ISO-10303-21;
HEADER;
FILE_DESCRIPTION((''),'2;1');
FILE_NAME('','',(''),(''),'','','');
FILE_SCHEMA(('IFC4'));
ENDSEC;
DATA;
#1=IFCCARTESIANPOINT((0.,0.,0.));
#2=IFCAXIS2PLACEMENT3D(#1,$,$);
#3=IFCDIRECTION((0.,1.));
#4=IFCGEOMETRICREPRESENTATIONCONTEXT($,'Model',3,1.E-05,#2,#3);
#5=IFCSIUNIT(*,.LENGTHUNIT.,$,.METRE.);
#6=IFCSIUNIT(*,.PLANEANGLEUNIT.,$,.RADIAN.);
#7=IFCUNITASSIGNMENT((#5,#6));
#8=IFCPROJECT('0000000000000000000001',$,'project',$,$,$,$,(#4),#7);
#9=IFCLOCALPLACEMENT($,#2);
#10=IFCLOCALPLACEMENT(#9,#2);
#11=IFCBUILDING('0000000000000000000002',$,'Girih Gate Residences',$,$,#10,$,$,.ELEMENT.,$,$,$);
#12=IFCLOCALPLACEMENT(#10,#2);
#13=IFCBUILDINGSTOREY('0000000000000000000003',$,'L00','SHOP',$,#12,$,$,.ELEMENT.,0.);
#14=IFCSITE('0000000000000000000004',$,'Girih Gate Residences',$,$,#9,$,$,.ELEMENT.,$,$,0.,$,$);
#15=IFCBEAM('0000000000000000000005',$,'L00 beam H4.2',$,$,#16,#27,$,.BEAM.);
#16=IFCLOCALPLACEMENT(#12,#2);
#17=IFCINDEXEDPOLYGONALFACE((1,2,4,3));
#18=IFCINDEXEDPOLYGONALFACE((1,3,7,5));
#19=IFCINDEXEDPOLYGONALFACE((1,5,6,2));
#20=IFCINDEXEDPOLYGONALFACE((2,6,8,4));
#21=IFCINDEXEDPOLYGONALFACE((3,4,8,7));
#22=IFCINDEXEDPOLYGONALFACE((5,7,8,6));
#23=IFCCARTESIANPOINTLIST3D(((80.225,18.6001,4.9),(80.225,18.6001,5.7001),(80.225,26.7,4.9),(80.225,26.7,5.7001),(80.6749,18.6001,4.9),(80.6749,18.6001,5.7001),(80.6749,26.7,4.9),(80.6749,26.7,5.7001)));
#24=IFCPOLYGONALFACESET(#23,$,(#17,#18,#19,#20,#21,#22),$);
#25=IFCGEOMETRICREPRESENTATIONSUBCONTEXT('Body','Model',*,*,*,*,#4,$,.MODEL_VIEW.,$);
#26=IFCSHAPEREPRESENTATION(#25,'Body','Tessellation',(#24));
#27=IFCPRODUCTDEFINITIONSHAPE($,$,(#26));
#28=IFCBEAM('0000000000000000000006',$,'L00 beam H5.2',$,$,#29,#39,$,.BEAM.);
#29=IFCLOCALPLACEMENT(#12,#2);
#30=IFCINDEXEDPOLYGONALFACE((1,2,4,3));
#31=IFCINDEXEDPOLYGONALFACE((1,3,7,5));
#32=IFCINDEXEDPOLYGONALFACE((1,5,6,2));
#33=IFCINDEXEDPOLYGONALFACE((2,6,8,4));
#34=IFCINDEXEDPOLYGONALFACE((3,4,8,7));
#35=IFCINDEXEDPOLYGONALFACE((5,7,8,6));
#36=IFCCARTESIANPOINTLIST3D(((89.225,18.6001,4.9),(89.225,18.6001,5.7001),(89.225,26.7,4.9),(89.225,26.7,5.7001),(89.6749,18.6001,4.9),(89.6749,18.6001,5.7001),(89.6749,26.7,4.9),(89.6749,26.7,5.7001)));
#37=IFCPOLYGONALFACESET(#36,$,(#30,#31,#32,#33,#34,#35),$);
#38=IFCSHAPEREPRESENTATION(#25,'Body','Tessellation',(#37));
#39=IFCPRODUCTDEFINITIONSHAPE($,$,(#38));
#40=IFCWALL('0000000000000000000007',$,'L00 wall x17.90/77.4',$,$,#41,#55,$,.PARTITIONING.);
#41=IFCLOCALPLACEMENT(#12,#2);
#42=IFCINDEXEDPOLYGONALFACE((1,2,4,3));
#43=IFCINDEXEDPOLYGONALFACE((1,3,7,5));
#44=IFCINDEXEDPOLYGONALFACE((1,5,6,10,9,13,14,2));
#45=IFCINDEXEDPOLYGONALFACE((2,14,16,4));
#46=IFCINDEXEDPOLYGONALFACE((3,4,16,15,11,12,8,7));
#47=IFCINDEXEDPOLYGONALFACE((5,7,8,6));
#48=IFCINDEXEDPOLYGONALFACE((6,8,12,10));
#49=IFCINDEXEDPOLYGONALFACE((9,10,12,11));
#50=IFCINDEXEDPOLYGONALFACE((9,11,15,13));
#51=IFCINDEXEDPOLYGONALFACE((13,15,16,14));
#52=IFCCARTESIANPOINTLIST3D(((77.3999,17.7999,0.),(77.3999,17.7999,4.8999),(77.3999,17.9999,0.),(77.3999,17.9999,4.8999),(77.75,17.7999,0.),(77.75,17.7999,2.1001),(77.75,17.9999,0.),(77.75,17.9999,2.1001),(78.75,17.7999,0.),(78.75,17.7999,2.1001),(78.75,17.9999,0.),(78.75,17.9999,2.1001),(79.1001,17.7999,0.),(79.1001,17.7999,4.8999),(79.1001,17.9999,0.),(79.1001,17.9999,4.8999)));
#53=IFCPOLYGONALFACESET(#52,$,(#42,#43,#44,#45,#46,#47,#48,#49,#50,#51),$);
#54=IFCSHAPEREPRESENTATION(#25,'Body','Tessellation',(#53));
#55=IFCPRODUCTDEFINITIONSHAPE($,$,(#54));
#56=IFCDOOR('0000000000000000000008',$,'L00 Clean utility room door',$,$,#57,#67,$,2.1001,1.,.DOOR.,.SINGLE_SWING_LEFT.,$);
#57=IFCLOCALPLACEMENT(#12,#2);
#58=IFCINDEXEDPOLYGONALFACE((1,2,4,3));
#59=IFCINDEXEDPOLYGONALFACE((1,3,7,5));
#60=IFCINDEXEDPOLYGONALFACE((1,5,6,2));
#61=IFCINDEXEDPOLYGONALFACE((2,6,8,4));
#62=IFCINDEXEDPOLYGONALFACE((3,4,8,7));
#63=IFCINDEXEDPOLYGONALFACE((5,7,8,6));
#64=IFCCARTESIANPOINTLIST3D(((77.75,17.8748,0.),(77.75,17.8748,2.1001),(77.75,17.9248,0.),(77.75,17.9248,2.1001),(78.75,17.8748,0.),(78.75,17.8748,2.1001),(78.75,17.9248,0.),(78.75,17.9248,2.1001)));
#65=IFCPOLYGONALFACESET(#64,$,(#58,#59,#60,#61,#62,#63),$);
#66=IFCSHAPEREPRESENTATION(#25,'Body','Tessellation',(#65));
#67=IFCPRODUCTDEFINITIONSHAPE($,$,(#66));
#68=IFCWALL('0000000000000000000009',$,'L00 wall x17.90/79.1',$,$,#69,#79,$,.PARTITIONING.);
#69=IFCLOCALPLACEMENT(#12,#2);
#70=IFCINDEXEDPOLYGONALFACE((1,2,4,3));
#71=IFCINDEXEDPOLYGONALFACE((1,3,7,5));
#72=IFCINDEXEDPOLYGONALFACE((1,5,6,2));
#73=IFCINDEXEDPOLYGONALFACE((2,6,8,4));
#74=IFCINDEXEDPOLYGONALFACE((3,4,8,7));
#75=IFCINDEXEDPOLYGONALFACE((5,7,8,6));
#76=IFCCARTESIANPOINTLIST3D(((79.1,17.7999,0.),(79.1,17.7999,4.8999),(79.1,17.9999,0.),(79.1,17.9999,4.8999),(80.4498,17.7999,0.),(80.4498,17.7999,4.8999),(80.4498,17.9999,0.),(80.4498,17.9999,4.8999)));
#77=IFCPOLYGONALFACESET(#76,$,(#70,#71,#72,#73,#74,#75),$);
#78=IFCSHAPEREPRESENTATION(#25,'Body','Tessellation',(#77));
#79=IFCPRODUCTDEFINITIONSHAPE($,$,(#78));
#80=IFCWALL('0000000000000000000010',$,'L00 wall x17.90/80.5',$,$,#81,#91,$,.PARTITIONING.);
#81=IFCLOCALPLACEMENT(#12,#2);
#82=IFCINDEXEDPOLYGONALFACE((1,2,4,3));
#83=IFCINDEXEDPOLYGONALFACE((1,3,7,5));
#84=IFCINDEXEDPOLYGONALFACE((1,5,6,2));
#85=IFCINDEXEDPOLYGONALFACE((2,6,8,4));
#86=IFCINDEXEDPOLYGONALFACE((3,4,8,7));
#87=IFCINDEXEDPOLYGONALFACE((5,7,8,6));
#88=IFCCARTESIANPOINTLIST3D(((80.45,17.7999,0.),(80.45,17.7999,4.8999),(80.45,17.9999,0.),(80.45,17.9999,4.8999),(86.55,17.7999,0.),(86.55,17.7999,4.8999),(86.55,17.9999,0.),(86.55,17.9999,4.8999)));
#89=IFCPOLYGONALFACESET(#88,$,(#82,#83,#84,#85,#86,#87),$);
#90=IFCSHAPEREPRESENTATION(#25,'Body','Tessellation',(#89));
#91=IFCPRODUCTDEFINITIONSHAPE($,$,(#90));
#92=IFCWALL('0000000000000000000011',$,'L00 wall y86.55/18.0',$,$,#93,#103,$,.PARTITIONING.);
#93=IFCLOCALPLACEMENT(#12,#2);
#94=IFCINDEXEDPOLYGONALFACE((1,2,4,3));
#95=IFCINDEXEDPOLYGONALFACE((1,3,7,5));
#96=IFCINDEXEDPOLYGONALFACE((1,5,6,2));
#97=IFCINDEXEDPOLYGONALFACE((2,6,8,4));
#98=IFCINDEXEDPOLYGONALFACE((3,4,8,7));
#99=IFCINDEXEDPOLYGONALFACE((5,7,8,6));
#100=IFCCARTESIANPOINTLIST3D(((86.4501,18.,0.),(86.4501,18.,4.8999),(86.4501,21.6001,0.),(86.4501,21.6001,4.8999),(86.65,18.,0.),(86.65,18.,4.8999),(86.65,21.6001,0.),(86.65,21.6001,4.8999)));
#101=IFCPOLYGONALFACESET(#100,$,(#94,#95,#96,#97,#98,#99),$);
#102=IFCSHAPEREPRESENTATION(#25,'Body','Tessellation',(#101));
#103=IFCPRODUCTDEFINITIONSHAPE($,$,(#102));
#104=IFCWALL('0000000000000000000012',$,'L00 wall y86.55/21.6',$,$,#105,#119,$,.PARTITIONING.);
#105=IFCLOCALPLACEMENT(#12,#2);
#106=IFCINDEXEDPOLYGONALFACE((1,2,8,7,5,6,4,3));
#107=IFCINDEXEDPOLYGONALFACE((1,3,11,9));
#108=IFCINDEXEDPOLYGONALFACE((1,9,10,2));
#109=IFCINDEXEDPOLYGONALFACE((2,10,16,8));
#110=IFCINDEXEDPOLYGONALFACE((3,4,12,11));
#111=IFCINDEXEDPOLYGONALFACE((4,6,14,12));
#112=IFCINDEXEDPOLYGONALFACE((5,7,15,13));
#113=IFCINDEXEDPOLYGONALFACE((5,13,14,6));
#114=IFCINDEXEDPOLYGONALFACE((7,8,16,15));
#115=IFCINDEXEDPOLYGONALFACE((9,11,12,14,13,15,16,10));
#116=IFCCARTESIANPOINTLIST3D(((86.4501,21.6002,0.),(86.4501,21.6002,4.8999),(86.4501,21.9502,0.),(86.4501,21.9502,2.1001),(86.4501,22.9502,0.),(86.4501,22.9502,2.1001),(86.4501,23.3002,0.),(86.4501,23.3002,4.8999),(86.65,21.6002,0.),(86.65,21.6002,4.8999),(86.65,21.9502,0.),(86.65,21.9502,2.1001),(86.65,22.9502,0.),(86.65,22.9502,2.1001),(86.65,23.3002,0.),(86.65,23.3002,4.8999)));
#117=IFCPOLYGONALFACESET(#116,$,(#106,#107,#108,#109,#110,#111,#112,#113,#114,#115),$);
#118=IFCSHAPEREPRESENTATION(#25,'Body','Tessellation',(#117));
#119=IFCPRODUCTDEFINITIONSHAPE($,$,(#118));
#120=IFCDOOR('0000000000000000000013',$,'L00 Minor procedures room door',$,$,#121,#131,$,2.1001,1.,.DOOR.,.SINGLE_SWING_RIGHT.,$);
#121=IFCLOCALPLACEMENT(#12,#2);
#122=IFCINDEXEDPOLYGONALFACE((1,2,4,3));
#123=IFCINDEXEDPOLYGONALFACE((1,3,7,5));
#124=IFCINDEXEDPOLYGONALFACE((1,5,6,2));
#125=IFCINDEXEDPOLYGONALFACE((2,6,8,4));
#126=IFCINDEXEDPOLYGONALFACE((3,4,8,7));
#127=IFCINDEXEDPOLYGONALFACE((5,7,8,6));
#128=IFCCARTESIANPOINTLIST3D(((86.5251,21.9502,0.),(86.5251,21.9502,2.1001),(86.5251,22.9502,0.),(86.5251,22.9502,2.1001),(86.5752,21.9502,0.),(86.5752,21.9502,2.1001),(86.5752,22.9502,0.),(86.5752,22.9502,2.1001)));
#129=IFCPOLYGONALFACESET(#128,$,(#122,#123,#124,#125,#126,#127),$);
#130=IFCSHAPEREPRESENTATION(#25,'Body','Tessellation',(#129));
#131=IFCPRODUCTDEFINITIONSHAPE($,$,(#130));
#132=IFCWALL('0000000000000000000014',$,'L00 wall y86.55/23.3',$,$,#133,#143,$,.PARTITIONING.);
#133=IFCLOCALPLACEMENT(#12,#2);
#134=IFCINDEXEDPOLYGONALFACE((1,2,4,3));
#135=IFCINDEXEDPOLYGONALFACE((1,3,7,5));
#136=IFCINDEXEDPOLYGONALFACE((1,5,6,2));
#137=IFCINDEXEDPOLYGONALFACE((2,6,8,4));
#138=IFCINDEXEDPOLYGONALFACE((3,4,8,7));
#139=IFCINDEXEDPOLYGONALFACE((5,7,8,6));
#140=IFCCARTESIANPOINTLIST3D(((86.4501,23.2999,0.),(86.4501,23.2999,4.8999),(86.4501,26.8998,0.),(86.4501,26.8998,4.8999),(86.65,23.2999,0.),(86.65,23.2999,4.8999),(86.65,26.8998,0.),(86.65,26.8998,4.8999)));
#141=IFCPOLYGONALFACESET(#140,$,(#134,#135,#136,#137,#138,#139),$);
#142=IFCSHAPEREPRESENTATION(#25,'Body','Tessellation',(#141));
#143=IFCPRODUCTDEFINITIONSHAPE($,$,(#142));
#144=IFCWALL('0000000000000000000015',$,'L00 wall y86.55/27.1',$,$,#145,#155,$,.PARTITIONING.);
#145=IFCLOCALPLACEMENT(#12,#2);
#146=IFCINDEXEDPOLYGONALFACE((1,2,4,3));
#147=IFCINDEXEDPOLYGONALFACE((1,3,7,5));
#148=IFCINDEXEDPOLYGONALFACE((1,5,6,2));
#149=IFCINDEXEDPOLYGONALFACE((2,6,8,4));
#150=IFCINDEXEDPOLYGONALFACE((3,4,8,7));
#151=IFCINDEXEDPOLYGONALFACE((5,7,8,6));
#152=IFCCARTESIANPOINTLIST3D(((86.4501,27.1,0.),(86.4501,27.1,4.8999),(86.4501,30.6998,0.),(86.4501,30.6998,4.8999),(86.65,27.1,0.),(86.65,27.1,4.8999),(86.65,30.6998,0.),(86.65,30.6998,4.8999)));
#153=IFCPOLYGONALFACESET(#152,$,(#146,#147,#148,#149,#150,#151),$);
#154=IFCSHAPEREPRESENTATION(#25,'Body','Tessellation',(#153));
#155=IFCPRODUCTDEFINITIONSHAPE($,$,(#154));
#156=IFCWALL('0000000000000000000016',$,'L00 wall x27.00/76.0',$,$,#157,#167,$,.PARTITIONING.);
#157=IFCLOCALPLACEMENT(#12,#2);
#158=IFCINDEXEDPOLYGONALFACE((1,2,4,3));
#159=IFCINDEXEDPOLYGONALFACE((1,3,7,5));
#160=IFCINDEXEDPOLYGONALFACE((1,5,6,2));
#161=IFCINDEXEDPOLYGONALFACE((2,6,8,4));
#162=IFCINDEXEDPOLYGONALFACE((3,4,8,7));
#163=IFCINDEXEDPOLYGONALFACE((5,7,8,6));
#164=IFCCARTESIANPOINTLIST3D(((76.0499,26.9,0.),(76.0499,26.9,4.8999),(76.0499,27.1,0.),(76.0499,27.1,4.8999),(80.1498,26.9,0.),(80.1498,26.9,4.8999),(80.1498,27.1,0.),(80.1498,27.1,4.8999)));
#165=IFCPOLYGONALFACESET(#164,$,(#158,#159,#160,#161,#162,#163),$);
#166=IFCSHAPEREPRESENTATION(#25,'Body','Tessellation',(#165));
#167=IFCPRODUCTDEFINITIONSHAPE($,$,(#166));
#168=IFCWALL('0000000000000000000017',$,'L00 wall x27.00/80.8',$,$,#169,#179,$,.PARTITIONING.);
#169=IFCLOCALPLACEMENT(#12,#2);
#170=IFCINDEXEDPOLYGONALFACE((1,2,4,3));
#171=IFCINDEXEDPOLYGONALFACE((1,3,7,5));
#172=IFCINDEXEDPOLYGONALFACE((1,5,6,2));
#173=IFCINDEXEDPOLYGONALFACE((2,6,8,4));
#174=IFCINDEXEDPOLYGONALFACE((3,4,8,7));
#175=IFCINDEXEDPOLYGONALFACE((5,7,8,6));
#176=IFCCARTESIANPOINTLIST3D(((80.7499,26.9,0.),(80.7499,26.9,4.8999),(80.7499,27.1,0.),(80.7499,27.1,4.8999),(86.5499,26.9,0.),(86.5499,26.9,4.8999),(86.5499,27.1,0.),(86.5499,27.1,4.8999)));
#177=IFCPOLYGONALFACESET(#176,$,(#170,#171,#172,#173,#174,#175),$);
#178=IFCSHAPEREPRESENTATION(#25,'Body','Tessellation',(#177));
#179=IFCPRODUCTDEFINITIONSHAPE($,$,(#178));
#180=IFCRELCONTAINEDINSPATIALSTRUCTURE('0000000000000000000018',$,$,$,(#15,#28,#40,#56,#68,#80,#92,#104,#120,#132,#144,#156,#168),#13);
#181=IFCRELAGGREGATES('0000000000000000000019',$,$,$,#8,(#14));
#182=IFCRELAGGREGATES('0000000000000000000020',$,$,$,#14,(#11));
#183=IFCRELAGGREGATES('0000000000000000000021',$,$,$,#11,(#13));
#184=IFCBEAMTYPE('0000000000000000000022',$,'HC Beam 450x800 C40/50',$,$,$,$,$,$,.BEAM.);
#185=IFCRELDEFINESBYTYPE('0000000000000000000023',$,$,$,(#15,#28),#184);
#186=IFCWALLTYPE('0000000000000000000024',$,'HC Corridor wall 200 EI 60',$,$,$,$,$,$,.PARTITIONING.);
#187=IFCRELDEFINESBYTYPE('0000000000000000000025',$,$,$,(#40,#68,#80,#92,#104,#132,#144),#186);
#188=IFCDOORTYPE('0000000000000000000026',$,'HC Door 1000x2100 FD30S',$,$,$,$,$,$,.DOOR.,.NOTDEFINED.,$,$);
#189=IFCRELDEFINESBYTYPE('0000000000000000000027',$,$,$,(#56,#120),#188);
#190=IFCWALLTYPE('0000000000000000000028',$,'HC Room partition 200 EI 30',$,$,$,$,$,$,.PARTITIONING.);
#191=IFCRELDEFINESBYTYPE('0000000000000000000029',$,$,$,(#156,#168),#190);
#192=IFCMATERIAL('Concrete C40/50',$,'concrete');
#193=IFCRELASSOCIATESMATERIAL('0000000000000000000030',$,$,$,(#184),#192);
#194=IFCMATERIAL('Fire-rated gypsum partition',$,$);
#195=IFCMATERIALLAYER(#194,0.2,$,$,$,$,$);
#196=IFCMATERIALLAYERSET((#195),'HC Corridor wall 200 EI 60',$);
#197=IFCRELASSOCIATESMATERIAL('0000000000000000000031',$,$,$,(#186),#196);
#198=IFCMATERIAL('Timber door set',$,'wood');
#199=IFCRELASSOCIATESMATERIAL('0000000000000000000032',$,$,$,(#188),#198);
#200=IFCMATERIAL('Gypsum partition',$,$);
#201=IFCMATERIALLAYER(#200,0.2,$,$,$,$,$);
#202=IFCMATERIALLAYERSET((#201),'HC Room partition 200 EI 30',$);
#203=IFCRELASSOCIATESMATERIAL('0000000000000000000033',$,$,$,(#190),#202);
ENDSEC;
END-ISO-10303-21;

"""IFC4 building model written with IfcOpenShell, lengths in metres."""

from ifc_helpers import new_model, si_unit, direction, frame, frame_2d, origin, origin_2d, place, context, subcontext, project, spatial, rectangle, extrude, material, layer, layer_set, material_profile, profile_set, type_object, element, fill, save


model = new_model("IFC4")

# Units and contexts
model_context = context("Model", 3, precision=1e-05, world=origin(), true_north=direction((0.0, 1.0)))
body_context = subcontext(model_context, "Body", "Model", "MODEL_VIEW")
ifc_project = project(units=[si_unit("LENGTHUNIT", "METRE"), si_unit("PLANEANGLEUNIT", "RADIAN")], contexts=[model_context])

# Site, building, storey
site_placement = place(None, origin())
site = spatial("IfcSite", under=ifc_project, at=site_placement, Name="Girih Gate Residences", CompositionType="ELEMENT", RefElevation=0.0)
building_placement = place(site_placement, origin())
building = spatial("IfcBuilding", under=site, at=building_placement, Name="Girih Gate Residences", CompositionType="ELEMENT")
storey_placement = place(building_placement, origin())
storey = spatial("IfcBuildingStorey", under=building, at=storey_placement, Name="L00", Description="SHOP", CompositionType="ELEMENT", Elevation=0.0)

# Shared definitions
ifc_material_1 = material(Name="Concrete C40/50", Category="concrete")

# Beams
ifc_material_profile_1 = material_profile(ifc_material_1, rectangle(XDim=0.45, YDim=0.8, at=origin_2d()))
ifc_profile_set_1 = profile_set([ifc_material_profile_1], Name="Concrete C40/50")
beam_type = type_object("IfcBeamType", Name="HC Beam 450x800 C40/50", PredefinedType="BEAM", material=ifc_profile_set_1)
for number, where, z_axis, x_axis, name in (
    (1, (80.45, 18.6001, 5.3), (0.0, 1.0, 0.0), (-1.0, 0.0, 0.0), "L00 beam H4.2"),
    (2, (89.45, 18.6001, 5.3), (0.0, 1.0, 0.0), (-1.0, 0.0, 0.0), "L00 beam H5.2"),
):
    element("IfcBeam", number, at=place(storey_placement, frame(where, z_axis=z_axis, x_axis=x_axis)), inside=storey, type_object=beam_type, Name=name, PredefinedType="BEAM", context=body_context, shape_type="SweptSolid", body=[
        extrude(rectangle(XDim=0.45, YDim=0.8, at=origin_2d()), origin(), (0.0, 0.0, 1.0), 8.0999),
    ])

# Wall, opening, door
ifc_material_2 = material(Name="Fire-rated gypsum partition")
ifc_layer_1 = layer(ifc_material_2, 0.2)
ifc_layer_set_1 = layer_set([ifc_layer_1], Name="HC Corridor wall 200 EI 60")
wall_type_1 = type_object("IfcWallType", Name="HC Corridor wall 200 EI 60", PredefinedType="PARTITIONING", material=ifc_layer_set_1)
wall_1_placement = place(storey_placement, frame((77.3999, 17.8999, 0.0), z_axis=(0.0, 0.0, 1.0), x_axis=(1.0, 0.0, 0.0)))
wall_1 = element("IfcWall", 3, at=wall_1_placement, inside=storey, type_object=wall_type_1, Name="L00 wall x17.90/77.4", PredefinedType="PARTITIONING", context=body_context, shape_type="SweptSolid", body=[
    extrude(rectangle(XDim=1.7002, YDim=0.2, at=frame_2d((0.8501, 0.0))), origin(), (0.0, 0.0, 1.0), 4.8999),
])
opening_1_placement = place(wall_1_placement, frame((0.3501, 0.0, 0.0)))
opening_1 = element("IfcOpeningElement", 4, at=opening_1_placement, cuts=wall_1, PredefinedType="OPENING", context=body_context, shape_type="SweptSolid", body=[
    extrude(rectangle(XDim=1.0, YDim=2.1001, at=frame_2d((0.5, 1.05))), frame((0.0, 0.1099, 0.0), z_axis=(0.0, -1.0, 0.0), x_axis=(1.0, 0.0, 0.0)), (0.0, 0.0, 1.0), 0.22),
])
ifc_material_3 = material(Name="Timber door set", Category="wood")
door_type = type_object("IfcDoorType", Name="HC Door 1000x2100 FD30S", OperationType="NOTDEFINED", PredefinedType="DOOR", material=ifc_material_3)
door_1_placement = place(opening_1_placement, origin())
door_1 = element("IfcDoor", 5, at=door_1_placement, inside=storey, type_object=door_type, Name="L00 Clean utility room door", OperationType="SINGLE_SWING_LEFT", OverallHeight=2.1001, OverallWidth=1.0, PredefinedType="DOOR", context=body_context, shape_type="SweptSolid", body=[
    extrude(rectangle(XDim=1.0, YDim=2.1001, at=frame_2d((0.5, 1.05))), frame((0.0, 0.0249, 0.0), z_axis=(0.0, -1.0, 0.0), x_axis=(1.0, 0.0, 0.0)), (0.0, 0.0, 1.0), 0.05),
])
fill(opening_1, door_1)

# Walls
wall_2_placement = place(storey_placement, frame((79.1001, 17.8999, 0.0), z_axis=(0.0, 0.0, 1.0), x_axis=(1.0, 0.0, 0.0)))
element("IfcWall", 6, at=wall_2_placement, inside=storey, type_object=wall_type_1, Name="L00 wall x17.90/79.1", PredefinedType="PARTITIONING", context=body_context, shape_type="SweptSolid", body=[
    extrude(rectangle(XDim=1.3499, YDim=0.2, at=frame_2d((0.6748, 0.0))), origin(), (0.0, 0.0, 1.0), 4.8999),
])
wall_3_placement = place(storey_placement, frame((80.45, 17.8999, 0.0), z_axis=(0.0, 0.0, 1.0), x_axis=(1.0, 0.0, 0.0)))
element("IfcWall", 7, at=wall_3_placement, inside=storey, type_object=wall_type_1, Name="L00 wall x17.90/80.5", PredefinedType="PARTITIONING", context=body_context, shape_type="SweptSolid", body=[
    extrude(rectangle(XDim=6.1001, YDim=0.2, at=frame_2d((3.05, 0.0))), origin(), (0.0, 0.0, 1.0), 4.8999),
])
wall_4_placement = place(storey_placement, frame((86.55, 18.0, 0.0), z_axis=(0.0, 0.0, 1.0), x_axis=(0.0, 1.0, 0.0)))
element("IfcWall", 8, at=wall_4_placement, inside=storey, type_object=wall_type_1, Name="L00 wall y86.55/18.0", PredefinedType="PARTITIONING", context=body_context, shape_type="SweptSolid", body=[
    extrude(rectangle(XDim=3.6001, YDim=0.2, at=frame_2d((1.8, 0.0))), origin(), (0.0, 0.0, 1.0), 4.8999),
])

# Wall, opening, door
wall_5_placement = place(storey_placement, frame((86.55, 21.6001, 0.0), z_axis=(0.0, 0.0, 1.0), x_axis=(0.0, 1.0, 0.0)))
wall_5 = element("IfcWall", 9, at=wall_5_placement, inside=storey, type_object=wall_type_1, Name="L00 wall y86.55/21.6", PredefinedType="PARTITIONING", context=body_context, shape_type="SweptSolid", body=[
    extrude(rectangle(XDim=1.7, YDim=0.2, at=frame_2d((0.8501, 0.0))), origin(), (0.0, 0.0, 1.0), 4.8999),
])
opening_2_placement = place(wall_5_placement, frame((0.3501, 0.0, 0.0)))
opening_2 = element("IfcOpeningElement", 10, at=opening_2_placement, cuts=wall_5, PredefinedType="OPENING", context=body_context, shape_type="SweptSolid", body=[
    extrude(rectangle(XDim=1.0, YDim=2.1001, at=frame_2d((0.5, 1.05))), frame((0.0, 0.1099, 0.0), z_axis=(0.0, -1.0, 0.0), x_axis=(1.0, 0.0, 0.0)), (0.0, 0.0, 1.0), 0.22),
])
door_2_placement = place(opening_2_placement, origin())
door_2 = element("IfcDoor", 11, at=door_2_placement, inside=storey, type_object=door_type, Name="L00 Minor procedures room door", OperationType="SINGLE_SWING_RIGHT", OverallHeight=2.1001, OverallWidth=1.0, PredefinedType="DOOR", context=body_context, shape_type="SweptSolid", body=[
    extrude(rectangle(XDim=1.0, YDim=2.1001, at=frame_2d((0.5, 1.05))), frame((0.0, 0.0249, 0.0), z_axis=(0.0, -1.0, 0.0), x_axis=(1.0, 0.0, 0.0)), (0.0, 0.0, 1.0), 0.05),
])
fill(opening_2, door_2)

# Walls
for number, where, z_axis, x_axis, name in (
    (12, (86.55, 23.3, 0.0), (0.0, 0.0, 1.0), (0.0, 1.0, 0.0), "L00 wall y86.55/23.3"),
    (13, (86.55, 27.1001, 0.0), (0.0, 0.0, 1.0), (0.0, 1.0, 0.0), "L00 wall y86.55/27.1"),
):
    element("IfcWall", number, at=place(storey_placement, frame(where, z_axis=z_axis, x_axis=x_axis)), inside=storey, type_object=wall_type_1, Name=name, PredefinedType="PARTITIONING", context=body_context, shape_type="SweptSolid", body=[
        extrude(rectangle(XDim=3.5999, YDim=0.2, at=frame_2d((1.7998, 0.0))), origin(), (0.0, 0.0, 1.0), 4.8999),
    ])
ifc_material_4 = material(Name="Gypsum partition")
ifc_layer_2 = layer(ifc_material_4, 0.2)
ifc_layer_set_2 = layer_set([ifc_layer_2], Name="HC Room partition 200 EI 30")
wall_type_2 = type_object("IfcWallType", Name="HC Room partition 200 EI 30", PredefinedType="PARTITIONING", material=ifc_layer_set_2)
wall_6_placement = place(storey_placement, frame((76.05, 27.0, 0.0), z_axis=(0.0, 0.0, 1.0), x_axis=(1.0, 0.0, 0.0)))
element("IfcWall", 14, at=wall_6_placement, inside=storey, type_object=wall_type_2, Name="L00 wall x27.00/76.0", PredefinedType="PARTITIONING", context=body_context, shape_type="SweptSolid", body=[
    extrude(rectangle(XDim=4.0999, YDim=0.2, at=frame_2d((2.0498, 0.0))), origin(), (0.0, 0.0, 1.0), 4.8999),
])
wall_7_placement = place(storey_placement, frame((80.75, 27.0, 0.0), z_axis=(0.0, 0.0, 1.0), x_axis=(1.0, 0.0, 0.0)))
element("IfcWall", 15, at=wall_7_placement, inside=storey, type_object=wall_type_2, Name="L00 wall x27.00/80.8", PredefinedType="PARTITIONING", context=body_context, shape_type="SweptSolid", body=[
    extrude(rectangle(XDim=5.8, YDim=0.2, at=frame_2d((2.8999, 0.0))), origin(), (0.0, 0.0, 1.0), 4.8999),
])

save(model, "model.ifc")
